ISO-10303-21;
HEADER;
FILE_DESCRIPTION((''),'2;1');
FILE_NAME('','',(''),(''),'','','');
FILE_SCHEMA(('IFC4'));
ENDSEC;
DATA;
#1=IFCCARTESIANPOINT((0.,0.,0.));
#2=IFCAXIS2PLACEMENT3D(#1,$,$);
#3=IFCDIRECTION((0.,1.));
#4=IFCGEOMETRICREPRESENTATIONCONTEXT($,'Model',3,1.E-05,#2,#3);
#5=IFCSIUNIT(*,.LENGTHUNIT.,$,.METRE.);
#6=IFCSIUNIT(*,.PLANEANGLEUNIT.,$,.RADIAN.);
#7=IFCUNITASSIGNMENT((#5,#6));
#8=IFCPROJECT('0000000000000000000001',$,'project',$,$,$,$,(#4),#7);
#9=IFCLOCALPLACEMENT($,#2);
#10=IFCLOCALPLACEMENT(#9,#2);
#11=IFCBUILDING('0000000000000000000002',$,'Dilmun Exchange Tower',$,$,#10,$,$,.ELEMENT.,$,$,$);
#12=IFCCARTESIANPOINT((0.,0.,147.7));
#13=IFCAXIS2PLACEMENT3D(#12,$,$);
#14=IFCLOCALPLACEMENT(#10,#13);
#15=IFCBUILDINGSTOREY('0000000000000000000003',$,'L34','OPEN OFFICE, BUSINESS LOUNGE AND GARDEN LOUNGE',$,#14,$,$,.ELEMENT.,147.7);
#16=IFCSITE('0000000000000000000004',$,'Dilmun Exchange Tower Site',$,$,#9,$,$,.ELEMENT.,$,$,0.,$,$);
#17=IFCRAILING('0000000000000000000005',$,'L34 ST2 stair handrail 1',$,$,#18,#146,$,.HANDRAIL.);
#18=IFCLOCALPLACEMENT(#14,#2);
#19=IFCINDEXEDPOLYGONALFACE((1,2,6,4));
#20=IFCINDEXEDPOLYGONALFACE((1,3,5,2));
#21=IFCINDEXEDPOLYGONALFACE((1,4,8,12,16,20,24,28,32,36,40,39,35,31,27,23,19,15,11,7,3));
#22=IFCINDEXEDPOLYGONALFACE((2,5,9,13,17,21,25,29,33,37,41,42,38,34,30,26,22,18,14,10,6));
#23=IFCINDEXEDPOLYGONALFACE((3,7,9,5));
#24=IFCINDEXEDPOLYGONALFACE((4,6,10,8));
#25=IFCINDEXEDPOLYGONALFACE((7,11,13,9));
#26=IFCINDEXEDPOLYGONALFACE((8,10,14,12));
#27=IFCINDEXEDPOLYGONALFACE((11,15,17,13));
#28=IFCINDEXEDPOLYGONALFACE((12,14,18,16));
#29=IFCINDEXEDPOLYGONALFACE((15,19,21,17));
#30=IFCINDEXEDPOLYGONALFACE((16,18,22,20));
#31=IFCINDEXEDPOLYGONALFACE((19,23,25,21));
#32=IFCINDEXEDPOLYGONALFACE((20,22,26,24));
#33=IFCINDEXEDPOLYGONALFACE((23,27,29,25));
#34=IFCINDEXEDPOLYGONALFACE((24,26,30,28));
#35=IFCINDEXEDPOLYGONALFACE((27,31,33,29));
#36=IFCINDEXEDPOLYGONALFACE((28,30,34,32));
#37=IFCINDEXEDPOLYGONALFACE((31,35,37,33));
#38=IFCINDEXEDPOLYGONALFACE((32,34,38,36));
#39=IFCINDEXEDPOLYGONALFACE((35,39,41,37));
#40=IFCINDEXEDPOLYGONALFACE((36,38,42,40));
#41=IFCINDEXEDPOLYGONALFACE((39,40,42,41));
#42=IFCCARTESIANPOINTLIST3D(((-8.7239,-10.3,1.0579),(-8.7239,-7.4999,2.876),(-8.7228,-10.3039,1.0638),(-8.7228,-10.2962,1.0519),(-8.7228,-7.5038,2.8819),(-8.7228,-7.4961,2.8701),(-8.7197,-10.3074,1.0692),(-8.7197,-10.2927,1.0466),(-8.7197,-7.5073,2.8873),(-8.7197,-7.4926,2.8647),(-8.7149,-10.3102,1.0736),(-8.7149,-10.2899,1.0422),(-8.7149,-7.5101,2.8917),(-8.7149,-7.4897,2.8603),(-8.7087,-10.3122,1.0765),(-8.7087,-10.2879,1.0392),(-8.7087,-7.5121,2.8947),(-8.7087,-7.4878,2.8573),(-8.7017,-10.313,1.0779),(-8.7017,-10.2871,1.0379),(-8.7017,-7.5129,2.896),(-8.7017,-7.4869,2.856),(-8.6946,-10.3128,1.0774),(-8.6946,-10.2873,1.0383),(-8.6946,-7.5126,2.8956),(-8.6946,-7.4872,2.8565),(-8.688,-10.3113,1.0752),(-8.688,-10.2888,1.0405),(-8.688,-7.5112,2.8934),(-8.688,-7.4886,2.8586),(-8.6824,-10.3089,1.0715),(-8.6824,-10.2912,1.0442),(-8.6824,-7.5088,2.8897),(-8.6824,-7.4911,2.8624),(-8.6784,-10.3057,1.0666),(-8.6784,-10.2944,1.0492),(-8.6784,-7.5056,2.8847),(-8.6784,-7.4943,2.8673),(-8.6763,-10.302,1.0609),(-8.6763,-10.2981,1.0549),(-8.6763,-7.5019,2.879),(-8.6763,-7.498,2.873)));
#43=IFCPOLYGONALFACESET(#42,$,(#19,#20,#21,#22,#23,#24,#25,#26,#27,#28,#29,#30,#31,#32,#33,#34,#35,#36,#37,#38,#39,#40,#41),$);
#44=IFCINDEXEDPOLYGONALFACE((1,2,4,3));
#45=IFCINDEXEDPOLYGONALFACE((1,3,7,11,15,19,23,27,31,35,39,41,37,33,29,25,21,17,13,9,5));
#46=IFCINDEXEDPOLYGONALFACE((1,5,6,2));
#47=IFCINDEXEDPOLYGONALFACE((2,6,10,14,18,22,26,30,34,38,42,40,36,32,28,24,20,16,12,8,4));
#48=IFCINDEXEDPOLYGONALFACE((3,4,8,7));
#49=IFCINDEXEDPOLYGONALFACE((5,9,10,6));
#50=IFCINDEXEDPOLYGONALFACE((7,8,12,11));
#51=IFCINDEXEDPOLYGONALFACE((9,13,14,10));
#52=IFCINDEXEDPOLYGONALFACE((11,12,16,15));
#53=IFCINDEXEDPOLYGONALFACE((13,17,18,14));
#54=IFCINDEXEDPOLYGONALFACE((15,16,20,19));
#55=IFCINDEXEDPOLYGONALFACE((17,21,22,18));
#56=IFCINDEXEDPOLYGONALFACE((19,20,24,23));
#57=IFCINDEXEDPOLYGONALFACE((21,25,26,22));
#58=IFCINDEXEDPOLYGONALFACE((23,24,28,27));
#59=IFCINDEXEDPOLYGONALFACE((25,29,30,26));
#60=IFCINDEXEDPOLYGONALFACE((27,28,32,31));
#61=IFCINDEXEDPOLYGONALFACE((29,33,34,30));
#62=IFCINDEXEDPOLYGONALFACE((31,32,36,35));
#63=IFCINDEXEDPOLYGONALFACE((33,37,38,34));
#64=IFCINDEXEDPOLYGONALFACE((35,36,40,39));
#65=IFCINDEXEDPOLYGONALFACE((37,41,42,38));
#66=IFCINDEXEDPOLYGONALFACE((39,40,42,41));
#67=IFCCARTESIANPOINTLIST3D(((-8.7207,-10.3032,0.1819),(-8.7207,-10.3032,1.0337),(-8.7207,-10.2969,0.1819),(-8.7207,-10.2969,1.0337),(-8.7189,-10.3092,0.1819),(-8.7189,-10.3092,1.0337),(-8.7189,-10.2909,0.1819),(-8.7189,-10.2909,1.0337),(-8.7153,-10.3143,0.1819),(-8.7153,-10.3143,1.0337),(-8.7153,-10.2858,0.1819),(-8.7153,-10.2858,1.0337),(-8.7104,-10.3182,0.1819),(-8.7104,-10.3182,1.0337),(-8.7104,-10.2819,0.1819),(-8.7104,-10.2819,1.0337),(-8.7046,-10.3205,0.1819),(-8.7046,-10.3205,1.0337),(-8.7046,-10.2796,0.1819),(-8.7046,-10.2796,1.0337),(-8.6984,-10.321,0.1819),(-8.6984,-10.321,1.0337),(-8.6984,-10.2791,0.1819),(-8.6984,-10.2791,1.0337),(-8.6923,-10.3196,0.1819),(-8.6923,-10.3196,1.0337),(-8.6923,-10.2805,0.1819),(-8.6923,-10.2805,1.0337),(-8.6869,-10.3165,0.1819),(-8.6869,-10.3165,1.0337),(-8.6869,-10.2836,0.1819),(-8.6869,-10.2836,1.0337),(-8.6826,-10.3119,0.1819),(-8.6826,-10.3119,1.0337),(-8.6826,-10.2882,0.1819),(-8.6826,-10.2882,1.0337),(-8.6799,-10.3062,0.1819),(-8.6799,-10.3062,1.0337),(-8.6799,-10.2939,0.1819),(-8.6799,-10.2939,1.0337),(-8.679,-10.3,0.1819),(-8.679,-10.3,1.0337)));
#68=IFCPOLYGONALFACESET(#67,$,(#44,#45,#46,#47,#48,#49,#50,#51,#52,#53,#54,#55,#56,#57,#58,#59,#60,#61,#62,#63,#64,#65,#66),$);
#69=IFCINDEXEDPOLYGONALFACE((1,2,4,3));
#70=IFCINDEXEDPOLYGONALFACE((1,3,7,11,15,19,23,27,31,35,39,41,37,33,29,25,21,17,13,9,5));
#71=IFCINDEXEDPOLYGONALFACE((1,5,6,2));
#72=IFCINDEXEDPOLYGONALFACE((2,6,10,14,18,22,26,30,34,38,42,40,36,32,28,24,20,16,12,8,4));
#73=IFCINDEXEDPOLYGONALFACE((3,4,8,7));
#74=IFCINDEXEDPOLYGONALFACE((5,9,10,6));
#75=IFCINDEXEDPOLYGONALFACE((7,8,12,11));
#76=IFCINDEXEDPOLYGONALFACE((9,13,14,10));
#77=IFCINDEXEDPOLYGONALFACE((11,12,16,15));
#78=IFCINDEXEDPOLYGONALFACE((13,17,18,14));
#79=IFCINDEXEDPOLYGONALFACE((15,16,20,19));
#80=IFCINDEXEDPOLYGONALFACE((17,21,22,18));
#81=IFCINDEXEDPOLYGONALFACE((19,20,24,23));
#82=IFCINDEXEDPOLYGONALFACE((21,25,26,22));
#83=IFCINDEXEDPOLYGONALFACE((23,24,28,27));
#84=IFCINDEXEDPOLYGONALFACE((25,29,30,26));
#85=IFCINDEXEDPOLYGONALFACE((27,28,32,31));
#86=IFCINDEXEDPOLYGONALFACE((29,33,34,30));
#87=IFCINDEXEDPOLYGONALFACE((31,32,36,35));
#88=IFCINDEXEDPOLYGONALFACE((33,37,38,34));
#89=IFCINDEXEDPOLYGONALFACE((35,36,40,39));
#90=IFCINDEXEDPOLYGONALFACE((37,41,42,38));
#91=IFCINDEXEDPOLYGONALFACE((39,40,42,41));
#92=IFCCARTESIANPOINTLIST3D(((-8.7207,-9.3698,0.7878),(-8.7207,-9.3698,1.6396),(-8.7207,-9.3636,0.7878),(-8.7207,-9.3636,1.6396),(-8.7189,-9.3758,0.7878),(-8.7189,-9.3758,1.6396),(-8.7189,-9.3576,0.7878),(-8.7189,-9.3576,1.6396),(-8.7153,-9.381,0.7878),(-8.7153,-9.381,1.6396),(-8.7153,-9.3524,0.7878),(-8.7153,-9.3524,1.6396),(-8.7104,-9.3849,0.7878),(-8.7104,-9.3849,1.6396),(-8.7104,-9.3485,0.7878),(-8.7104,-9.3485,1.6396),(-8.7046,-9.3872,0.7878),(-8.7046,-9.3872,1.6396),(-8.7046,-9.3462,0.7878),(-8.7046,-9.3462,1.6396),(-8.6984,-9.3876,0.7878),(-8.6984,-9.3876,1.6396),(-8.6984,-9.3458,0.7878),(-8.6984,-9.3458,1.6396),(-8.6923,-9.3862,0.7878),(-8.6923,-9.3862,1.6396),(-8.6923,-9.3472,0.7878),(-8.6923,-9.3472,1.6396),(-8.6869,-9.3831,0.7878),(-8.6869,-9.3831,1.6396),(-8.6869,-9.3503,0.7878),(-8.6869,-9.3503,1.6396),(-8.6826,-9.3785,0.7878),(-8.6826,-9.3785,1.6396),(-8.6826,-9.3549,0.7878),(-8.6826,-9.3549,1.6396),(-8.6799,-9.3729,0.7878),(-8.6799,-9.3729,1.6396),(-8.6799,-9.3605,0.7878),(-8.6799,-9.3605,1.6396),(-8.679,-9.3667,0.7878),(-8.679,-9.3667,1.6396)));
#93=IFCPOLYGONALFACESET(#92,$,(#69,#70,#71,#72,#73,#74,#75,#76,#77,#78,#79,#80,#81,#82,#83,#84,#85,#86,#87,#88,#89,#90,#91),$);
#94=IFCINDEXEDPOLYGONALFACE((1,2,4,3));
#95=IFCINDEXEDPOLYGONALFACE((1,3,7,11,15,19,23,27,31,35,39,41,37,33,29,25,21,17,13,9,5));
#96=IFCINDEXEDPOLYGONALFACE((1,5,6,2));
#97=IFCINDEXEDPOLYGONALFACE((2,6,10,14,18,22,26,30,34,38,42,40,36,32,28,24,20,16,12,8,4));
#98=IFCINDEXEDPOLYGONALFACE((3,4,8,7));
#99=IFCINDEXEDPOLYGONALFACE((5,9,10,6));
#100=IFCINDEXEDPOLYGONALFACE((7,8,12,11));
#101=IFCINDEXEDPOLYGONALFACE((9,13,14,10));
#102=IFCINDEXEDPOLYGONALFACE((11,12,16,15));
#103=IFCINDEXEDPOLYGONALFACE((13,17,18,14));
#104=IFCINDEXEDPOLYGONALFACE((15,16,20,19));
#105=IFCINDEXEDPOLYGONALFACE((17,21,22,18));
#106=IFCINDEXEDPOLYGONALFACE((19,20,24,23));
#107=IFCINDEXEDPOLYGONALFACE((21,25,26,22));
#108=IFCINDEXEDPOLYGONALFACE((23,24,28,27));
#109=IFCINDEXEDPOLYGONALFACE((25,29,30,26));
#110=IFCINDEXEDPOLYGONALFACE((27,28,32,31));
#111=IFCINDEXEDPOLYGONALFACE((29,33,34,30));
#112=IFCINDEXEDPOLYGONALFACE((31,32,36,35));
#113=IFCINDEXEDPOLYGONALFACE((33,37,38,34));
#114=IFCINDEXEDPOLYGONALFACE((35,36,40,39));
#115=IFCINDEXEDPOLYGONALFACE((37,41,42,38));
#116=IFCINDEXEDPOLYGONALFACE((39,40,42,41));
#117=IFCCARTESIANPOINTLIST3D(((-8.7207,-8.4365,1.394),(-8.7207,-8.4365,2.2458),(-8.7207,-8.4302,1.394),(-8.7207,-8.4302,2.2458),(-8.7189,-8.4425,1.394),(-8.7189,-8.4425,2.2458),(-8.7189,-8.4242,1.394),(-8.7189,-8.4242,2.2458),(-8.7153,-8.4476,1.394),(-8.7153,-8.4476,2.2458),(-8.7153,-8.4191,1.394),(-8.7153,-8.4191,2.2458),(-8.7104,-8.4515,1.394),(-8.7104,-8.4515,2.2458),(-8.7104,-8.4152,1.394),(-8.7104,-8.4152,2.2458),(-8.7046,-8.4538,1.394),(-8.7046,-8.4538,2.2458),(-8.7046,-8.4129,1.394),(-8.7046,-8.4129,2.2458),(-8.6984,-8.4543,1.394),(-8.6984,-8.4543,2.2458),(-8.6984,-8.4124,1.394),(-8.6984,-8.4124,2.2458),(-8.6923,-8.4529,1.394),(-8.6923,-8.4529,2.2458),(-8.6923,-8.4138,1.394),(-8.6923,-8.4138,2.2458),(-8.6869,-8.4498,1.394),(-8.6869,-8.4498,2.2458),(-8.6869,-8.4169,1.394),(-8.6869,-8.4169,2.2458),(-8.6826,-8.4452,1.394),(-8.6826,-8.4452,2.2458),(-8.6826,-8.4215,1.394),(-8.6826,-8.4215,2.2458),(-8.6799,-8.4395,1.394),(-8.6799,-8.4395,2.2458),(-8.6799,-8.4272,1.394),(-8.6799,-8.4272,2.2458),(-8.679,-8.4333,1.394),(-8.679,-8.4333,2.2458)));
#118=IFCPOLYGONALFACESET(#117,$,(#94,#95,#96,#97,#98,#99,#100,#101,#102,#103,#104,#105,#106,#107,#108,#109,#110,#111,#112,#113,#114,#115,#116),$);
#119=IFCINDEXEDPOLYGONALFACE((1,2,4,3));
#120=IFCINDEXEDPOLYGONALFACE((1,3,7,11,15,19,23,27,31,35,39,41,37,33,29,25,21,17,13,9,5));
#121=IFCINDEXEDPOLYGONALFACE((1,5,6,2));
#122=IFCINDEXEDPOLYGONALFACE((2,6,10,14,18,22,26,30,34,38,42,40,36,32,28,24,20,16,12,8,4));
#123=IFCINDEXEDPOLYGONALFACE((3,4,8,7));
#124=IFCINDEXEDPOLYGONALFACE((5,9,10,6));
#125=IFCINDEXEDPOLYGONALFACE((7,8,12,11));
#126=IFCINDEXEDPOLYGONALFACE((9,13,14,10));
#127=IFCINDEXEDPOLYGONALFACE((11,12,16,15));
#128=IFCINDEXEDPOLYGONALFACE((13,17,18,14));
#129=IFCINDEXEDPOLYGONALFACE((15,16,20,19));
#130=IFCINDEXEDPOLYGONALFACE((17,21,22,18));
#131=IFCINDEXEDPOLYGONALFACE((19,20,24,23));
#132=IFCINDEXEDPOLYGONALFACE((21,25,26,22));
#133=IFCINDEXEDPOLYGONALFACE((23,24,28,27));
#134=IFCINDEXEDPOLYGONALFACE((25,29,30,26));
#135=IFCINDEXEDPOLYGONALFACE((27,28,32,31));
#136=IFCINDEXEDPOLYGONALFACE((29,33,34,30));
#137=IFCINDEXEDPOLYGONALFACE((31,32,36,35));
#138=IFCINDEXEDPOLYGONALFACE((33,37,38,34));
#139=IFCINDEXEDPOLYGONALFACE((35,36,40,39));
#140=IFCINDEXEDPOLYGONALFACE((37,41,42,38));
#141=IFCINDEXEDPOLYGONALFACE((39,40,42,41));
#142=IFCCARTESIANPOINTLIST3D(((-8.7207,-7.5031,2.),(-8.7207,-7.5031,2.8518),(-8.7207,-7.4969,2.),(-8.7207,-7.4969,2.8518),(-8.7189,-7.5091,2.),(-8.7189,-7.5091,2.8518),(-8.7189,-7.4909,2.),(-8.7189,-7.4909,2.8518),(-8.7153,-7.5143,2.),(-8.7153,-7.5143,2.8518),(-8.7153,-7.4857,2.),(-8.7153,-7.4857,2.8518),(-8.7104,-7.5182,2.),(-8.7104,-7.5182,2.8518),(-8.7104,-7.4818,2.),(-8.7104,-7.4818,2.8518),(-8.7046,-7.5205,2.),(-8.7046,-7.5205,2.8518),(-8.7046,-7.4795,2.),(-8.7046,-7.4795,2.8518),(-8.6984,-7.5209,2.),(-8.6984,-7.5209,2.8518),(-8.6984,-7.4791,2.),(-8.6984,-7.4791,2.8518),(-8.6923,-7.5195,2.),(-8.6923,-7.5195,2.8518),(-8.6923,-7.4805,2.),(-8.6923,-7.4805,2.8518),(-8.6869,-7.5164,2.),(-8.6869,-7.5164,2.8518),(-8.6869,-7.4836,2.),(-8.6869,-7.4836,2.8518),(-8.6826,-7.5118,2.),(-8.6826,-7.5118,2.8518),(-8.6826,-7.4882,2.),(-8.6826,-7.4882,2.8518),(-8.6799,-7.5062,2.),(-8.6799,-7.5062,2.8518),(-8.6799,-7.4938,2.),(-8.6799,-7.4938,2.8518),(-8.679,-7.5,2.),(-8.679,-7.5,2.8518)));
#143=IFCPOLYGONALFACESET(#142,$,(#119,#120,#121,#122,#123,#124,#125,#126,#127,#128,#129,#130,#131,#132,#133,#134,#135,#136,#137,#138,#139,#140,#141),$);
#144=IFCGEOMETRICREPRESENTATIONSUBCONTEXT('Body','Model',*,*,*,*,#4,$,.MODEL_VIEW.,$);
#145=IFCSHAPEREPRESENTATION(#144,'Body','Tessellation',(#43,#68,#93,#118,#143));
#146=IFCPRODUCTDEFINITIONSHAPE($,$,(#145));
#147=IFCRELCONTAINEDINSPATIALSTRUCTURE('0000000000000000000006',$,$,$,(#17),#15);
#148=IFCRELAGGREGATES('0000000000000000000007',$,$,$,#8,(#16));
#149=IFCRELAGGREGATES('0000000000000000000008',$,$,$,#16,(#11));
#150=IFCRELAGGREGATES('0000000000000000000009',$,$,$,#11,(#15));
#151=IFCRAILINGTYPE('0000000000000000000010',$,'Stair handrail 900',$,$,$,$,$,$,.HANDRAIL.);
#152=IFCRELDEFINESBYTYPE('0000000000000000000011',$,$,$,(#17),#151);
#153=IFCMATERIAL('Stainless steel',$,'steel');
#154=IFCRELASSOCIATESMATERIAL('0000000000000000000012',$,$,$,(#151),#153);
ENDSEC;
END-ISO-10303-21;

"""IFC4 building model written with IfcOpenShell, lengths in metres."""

from ifc_helpers import new_model, si_unit, direction, frame, origin, origin_2d, place, context, subcontext, project, spatial, circle, extrude, material, type_object, element, save


model = new_model("IFC4")

# Units and contexts
model_context = context("Model", 3, precision=1e-05, world=origin(), true_north=direction((0.0, 1.0)))
body_context = subcontext(model_context, "Body", "Model", "MODEL_VIEW")
ifc_project = project(units=[si_unit("LENGTHUNIT", "METRE"), si_unit("PLANEANGLEUNIT", "RADIAN")], contexts=[model_context])

# Site, building, storey
site_placement = place(None, origin())
site = spatial("IfcSite", under=ifc_project, at=site_placement, Name="Dilmun Exchange Tower Site", CompositionType="ELEMENT", RefElevation=0.0)
building_placement = place(site_placement, origin())
building = spatial("IfcBuilding", under=site, at=building_placement, Name="Dilmun Exchange Tower", CompositionType="ELEMENT")
storey_placement = place(building_placement, frame((0.0, 0.0, 147.7)))
storey = spatial("IfcBuildingStorey", under=building, at=storey_placement, Name="L34", Description="OPEN OFFICE, BUSINESS LOUNGE AND GARDEN LOUNGE", CompositionType="ELEMENT", Elevation=147.7)

# Railing
ifc_material_1 = material(Name="Stainless steel", Category="steel")
railing_type = type_object("IfcRailingType", Name="Stair handrail 900", PredefinedType="HANDRAIL", material=ifc_material_1)
railing_1_placement = place(storey_placement, frame((-8.7, -10.3, 0.1819)))
element("IfcRailing", 1, at=railing_1_placement, inside=storey, type_object=railing_type, Name="L34 ST2 stair handrail 1", PredefinedType="HANDRAIL", context=body_context, shape_type="SweptSolid", body=[
    extrude(circle(Radius=0.0239, at=origin_2d()), frame((0.0, 0.0, 0.876), z_axis=(0.0, 0.838706, 0.544585), x_axis=(-1.0, 0.0, 0.0)), (0.0, 0.0, 1.0), 3.3386),
    extrude(circle(Radius=0.021, at=origin_2d()), origin(), (0.0, 0.0, 1.0), 0.8518),
    extrude(circle(Radius=0.021, at=origin_2d()), frame((0.0, 0.9333, 0.606)), (0.0, 0.0, 1.0), 0.8518),
    extrude(circle(Radius=0.021, at=origin_2d()), frame((0.0, 1.8667, 1.2122)), (0.0, 0.0, 1.0), 0.8518),
    extrude(circle(Radius=0.021, at=origin_2d()), frame((0.0, 2.8, 1.8181)), (0.0, 0.0, 1.0), 0.8518),
])

save(model, "model.ifc")
